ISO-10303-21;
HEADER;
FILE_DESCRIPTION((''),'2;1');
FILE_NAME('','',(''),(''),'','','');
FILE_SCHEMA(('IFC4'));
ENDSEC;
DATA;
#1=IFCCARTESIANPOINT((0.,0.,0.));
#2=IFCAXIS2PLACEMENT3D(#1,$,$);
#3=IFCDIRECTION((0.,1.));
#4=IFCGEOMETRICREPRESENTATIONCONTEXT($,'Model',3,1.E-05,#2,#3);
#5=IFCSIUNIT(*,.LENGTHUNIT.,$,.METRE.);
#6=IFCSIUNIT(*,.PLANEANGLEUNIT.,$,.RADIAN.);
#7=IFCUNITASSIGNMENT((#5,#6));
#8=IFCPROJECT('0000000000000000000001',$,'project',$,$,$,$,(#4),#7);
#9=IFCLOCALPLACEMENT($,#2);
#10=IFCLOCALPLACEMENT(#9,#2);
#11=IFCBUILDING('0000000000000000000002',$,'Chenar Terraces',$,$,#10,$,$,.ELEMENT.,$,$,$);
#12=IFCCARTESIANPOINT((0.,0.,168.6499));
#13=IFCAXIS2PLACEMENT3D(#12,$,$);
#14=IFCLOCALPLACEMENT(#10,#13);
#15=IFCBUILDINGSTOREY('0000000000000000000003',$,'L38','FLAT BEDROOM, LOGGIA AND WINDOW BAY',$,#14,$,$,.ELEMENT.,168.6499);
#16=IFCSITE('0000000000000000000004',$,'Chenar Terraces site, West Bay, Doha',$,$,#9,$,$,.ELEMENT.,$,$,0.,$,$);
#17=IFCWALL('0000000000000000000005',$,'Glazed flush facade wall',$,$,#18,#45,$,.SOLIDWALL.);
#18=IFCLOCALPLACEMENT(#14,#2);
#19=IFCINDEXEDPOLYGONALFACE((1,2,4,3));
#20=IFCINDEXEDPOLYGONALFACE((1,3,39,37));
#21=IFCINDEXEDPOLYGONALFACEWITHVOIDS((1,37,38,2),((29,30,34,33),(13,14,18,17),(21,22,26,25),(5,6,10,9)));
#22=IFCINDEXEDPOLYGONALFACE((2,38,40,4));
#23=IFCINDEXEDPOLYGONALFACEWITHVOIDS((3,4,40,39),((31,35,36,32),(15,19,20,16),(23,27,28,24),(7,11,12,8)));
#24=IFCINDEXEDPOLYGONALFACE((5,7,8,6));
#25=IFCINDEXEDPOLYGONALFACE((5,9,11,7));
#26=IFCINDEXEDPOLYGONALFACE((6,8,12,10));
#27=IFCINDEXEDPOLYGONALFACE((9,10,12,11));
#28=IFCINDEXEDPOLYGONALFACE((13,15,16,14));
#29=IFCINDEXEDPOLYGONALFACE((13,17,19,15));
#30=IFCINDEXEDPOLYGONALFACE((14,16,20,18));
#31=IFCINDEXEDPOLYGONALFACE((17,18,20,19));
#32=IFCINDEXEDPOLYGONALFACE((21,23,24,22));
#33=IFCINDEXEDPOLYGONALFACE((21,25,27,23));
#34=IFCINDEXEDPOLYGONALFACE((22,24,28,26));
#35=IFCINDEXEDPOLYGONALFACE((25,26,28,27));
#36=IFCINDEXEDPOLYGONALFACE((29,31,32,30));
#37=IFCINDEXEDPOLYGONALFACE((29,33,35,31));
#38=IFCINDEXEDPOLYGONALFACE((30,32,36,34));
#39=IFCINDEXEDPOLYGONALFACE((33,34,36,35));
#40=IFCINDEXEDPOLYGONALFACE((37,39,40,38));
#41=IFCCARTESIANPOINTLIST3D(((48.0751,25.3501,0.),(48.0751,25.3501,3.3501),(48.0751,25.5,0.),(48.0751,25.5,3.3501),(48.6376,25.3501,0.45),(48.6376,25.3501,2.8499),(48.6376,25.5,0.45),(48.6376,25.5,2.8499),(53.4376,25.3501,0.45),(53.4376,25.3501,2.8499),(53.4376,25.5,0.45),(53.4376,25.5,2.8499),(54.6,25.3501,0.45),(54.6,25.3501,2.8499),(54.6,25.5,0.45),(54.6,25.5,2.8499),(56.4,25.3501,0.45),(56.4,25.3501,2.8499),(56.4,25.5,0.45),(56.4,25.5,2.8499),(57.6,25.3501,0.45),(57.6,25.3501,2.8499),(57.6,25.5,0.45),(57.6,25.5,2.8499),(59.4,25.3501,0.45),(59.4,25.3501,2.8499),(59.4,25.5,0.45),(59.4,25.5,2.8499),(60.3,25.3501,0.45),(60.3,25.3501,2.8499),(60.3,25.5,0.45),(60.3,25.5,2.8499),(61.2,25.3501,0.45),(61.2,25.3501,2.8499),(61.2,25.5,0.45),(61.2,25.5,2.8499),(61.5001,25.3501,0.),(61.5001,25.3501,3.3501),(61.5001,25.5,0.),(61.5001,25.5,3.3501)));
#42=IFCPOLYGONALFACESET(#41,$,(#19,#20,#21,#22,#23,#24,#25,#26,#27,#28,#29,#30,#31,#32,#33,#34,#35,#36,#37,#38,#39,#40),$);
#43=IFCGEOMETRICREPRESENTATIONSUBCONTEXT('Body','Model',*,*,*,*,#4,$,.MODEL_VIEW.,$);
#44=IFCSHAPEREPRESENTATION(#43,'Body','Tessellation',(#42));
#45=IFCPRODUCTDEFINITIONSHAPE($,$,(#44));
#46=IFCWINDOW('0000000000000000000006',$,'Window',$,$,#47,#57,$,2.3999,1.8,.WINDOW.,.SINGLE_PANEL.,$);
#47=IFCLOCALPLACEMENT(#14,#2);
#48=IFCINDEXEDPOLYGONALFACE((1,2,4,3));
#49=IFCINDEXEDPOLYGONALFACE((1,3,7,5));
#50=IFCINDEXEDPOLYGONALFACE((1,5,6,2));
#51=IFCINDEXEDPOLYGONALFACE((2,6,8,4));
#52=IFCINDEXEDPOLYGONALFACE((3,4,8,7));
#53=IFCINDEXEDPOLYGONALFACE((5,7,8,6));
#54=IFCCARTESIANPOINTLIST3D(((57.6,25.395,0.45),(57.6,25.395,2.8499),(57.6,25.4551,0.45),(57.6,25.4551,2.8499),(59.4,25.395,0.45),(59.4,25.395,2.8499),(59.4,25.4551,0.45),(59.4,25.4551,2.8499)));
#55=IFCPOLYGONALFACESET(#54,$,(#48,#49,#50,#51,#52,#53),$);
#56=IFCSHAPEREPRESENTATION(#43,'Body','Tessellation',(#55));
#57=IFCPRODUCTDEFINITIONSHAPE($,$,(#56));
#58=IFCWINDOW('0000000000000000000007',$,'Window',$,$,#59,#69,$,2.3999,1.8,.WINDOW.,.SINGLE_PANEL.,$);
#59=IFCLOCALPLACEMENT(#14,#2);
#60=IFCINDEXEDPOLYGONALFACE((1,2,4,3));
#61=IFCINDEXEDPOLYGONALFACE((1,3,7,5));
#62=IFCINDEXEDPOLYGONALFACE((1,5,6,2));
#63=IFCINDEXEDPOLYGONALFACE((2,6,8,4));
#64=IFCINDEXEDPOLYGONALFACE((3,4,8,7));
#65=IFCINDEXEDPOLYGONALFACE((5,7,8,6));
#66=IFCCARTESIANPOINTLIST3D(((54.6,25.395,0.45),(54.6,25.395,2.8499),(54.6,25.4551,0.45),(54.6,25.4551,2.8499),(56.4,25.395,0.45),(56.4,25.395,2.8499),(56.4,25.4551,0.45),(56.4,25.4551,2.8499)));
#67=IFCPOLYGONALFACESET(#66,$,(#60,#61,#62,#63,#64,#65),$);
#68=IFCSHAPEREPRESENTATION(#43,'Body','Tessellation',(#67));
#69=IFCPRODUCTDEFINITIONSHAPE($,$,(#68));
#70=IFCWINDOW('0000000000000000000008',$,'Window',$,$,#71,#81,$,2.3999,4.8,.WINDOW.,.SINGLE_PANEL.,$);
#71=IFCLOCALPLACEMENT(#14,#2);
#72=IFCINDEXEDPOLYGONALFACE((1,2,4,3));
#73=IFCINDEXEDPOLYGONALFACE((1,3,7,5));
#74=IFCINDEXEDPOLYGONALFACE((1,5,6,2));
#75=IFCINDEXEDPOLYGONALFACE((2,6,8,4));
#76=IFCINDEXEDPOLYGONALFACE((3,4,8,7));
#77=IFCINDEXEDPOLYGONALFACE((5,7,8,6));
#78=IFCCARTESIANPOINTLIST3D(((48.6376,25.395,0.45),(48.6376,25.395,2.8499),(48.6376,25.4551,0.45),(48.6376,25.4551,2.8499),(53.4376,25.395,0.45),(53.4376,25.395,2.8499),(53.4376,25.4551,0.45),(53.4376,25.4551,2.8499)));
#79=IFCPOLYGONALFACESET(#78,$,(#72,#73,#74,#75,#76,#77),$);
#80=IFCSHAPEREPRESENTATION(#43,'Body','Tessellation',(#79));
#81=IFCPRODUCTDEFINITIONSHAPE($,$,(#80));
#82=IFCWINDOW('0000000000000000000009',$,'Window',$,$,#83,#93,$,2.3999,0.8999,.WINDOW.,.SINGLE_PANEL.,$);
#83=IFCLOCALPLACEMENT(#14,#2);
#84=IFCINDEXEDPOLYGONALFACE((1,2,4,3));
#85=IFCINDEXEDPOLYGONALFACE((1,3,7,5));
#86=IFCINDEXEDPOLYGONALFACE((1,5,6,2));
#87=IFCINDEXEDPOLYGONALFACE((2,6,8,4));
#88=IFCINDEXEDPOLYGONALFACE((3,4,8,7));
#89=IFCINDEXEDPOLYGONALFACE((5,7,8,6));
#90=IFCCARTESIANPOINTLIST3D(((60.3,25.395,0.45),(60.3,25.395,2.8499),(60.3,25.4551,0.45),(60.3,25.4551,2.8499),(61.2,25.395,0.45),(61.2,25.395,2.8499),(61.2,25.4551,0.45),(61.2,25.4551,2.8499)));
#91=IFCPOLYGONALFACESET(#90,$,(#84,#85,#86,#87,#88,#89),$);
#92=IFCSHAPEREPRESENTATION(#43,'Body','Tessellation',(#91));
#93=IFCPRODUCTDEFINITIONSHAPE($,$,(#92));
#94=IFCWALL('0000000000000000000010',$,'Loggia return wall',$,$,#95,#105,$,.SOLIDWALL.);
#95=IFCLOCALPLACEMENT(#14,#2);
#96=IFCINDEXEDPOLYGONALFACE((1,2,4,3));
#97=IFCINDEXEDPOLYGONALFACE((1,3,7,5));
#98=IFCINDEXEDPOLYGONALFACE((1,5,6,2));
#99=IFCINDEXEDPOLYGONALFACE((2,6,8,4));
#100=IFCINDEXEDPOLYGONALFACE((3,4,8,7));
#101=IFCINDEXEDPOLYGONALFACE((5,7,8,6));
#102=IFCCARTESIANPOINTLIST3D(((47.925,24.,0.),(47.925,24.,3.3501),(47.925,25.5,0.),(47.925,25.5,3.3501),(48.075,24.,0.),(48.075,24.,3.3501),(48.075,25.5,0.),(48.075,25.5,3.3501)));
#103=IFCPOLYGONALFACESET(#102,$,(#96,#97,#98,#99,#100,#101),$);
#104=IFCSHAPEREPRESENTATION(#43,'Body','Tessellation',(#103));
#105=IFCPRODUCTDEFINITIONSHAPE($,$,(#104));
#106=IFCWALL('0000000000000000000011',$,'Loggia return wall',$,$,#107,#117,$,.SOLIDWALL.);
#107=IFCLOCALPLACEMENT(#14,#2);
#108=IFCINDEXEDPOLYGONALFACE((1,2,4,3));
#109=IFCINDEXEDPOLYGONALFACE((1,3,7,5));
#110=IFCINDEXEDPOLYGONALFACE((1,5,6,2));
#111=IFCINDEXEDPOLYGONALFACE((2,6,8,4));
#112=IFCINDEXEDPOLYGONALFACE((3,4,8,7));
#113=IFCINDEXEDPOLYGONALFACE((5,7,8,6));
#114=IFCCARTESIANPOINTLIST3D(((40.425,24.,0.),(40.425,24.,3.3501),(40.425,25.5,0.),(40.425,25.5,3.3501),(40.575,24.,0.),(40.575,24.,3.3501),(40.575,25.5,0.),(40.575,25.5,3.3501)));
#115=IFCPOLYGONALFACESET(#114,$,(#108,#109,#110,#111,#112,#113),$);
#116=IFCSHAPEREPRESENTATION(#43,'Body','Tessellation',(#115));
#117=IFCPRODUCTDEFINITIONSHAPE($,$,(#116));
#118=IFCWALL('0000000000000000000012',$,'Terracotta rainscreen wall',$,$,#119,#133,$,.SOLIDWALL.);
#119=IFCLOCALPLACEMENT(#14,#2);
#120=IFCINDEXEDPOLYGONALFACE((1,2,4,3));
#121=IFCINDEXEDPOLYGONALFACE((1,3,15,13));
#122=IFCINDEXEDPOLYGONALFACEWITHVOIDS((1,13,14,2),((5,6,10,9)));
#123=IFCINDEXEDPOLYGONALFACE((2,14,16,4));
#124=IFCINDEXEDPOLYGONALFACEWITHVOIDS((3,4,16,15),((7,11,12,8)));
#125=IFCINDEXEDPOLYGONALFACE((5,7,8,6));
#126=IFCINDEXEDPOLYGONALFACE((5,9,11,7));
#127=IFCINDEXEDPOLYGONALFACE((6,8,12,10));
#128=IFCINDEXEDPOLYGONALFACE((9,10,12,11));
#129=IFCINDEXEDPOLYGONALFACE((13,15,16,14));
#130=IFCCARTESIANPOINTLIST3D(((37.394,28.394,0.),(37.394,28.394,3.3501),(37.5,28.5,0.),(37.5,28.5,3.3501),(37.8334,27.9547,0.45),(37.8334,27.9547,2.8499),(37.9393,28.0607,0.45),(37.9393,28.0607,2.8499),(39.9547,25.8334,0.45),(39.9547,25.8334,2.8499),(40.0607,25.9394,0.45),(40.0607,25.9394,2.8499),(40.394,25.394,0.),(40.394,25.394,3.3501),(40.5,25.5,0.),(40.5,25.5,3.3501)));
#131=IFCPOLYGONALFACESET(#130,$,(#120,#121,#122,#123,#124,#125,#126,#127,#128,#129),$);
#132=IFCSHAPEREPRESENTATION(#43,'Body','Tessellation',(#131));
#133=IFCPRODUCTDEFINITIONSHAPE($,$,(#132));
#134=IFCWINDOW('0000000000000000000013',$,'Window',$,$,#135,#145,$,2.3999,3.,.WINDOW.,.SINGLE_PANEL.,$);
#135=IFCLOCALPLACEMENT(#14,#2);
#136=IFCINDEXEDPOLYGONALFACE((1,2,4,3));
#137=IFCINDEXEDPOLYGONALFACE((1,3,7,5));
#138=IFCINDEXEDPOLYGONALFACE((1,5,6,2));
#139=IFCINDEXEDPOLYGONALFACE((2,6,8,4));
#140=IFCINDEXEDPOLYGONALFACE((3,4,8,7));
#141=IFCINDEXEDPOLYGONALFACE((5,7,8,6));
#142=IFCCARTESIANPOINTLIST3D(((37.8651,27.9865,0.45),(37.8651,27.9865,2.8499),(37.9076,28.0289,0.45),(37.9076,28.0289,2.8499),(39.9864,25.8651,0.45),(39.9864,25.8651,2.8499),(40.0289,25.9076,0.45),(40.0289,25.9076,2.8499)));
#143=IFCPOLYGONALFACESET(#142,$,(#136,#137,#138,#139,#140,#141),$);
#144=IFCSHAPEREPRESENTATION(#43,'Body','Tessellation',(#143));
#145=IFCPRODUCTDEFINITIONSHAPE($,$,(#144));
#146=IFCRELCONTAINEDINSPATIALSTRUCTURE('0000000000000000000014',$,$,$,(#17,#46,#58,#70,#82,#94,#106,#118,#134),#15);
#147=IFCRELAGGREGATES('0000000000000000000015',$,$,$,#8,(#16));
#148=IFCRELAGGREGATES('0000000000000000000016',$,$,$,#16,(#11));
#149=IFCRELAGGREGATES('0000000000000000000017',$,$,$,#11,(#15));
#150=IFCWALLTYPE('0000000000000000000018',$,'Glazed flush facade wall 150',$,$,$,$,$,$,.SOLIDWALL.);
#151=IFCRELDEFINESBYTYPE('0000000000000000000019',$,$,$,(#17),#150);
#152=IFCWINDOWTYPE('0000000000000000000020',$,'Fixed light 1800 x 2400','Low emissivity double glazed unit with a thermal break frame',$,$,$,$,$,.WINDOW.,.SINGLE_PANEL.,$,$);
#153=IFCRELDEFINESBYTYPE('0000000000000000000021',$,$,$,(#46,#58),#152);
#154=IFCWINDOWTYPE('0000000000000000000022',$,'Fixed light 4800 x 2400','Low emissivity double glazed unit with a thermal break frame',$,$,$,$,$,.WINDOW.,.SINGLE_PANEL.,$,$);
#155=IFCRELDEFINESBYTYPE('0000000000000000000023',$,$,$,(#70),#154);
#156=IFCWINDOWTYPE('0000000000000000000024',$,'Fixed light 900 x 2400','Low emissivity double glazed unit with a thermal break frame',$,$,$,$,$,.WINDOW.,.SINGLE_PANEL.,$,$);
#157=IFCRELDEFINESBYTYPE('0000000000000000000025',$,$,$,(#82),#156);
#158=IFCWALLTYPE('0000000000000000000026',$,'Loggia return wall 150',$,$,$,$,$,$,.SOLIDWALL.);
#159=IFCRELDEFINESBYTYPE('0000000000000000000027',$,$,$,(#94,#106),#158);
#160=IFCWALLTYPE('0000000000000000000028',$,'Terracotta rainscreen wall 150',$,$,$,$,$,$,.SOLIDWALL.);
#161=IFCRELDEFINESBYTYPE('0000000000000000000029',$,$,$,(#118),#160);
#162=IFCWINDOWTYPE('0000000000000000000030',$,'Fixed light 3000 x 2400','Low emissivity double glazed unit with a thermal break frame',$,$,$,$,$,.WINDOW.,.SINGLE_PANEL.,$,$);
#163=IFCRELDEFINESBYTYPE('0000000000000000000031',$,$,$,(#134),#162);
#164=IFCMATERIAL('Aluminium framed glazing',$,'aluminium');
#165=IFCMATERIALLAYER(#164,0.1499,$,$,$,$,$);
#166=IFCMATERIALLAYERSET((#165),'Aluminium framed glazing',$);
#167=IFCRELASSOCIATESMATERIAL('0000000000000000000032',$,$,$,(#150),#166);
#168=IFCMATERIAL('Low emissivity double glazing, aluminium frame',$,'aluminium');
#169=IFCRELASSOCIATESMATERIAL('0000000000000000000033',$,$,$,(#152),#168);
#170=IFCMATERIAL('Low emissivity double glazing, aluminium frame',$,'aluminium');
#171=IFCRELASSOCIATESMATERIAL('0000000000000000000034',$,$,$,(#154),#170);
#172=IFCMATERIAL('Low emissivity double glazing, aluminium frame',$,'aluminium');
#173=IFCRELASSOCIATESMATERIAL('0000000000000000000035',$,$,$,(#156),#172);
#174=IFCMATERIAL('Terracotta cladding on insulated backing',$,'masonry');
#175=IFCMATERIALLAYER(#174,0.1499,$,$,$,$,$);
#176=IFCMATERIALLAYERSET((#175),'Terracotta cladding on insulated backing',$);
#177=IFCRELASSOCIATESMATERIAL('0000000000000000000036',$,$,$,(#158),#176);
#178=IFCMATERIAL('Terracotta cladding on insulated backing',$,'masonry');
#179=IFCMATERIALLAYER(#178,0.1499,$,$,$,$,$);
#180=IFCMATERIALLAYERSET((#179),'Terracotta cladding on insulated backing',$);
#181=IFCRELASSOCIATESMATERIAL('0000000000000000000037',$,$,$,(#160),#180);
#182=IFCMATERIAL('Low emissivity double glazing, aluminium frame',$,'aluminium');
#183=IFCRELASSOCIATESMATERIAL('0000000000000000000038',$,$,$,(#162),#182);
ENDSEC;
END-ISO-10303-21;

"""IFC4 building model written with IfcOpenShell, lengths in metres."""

from ifc_helpers import new_model, si_unit, direction, frame, frame_2d, origin, place, context, subcontext, project, spatial, rectangle, extrude, material, layer, layer_set, type_object, element, fill, save


model = new_model("IFC4")

# Units and contexts
model_context = context("Model", 3, precision=1e-05, world=origin(), true_north=direction((0.0, 1.0)))
body_context = subcontext(model_context, "Body", "Model", "MODEL_VIEW")
ifc_project = project(units=[si_unit("LENGTHUNIT", "METRE"), si_unit("PLANEANGLEUNIT", "RADIAN")], contexts=[model_context])

# Site, building, storey
site_placement = place(None, origin())
site = spatial("IfcSite", under=ifc_project, at=site_placement, Name="Chenar Terraces site, West Bay, Doha", CompositionType="ELEMENT", RefElevation=0.0)
building_placement = place(site_placement, origin())
building = spatial("IfcBuilding", under=site, at=building_placement, Name="Chenar Terraces", CompositionType="ELEMENT")
storey_placement = place(building_placement, frame((0.0, 0.0, 168.6499)))
storey = spatial("IfcBuildingStorey", under=building, at=storey_placement, Name="L38", Description="FLAT BEDROOM, LOGGIA AND WINDOW BAY", CompositionType="ELEMENT", Elevation=168.6499)

# Wall, openings, windows
ifc_material_1 = material(Name="Aluminium framed glazing", Category="aluminium")
ifc_layer_1 = layer(ifc_material_1, 0.1499)
ifc_layer_set_1 = layer_set([ifc_layer_1], Name="Aluminium framed glazing")
wall_type_1 = type_object("IfcWallType", Name="Glazed flush facade wall 150", PredefinedType="SOLIDWALL", material=ifc_layer_set_1)
wall_1_placement = place(storey_placement, frame((61.5, 25.425, 0.0), z_axis=(0.0, 0.0, 1.0), x_axis=(-1.0, 0.0, 0.0)))
wall_1 = element("IfcWall", 1, at=wall_1_placement, inside=storey, type_object=wall_type_1, Name="Glazed flush facade wall", PredefinedType="SOLIDWALL", context=body_context, shape_type="SweptSolid", body=[
    extrude(rectangle(XDim=13.425, YDim=0.1499, at=frame_2d((6.7124, 0.0))), origin(), (0.0, 0.0, 1.0), 3.3501),
])
opening_1_placement = place(wall_1_placement, frame((0.3, 0.0, 0.45)))
opening_1 = element("IfcOpeningElement", 2, at=opening_1_placement, cuts=wall_1, PredefinedType="OPENING", context=body_context, shape_type="SweptSolid", body=[
    extrude(rectangle(XDim=0.8999, YDim=2.3999, at=frame_2d((0.45, 1.2))), frame((0.0, 0.085, 0.0), z_axis=(0.0, -1.0, 0.0), x_axis=(1.0, 0.0, 0.0)), (0.0, 0.0, 1.0), 0.1699),
])
opening_2_placement = place(wall_1_placement, frame((2.1001, 0.0, 0.45)))
opening_2 = element("IfcOpeningElement", 3, at=opening_2_placement, cuts=wall_1, PredefinedType="OPENING", context=body_context, shape_type="SweptSolid", body=[
    extrude(rectangle(XDim=1.8, YDim=2.3999, at=frame_2d((0.8999, 1.2))), frame((0.0, 0.085, 0.0), z_axis=(0.0, -1.0, 0.0), x_axis=(1.0, 0.0, 0.0)), (0.0, 0.0, 1.0), 0.1699),
])
opening_3_placement = place(wall_1_placement, frame((5.1001, 0.0, 0.45)))
opening_3 = element("IfcOpeningElement", 4, at=opening_3_placement, cuts=wall_1, PredefinedType="OPENING", context=body_context, shape_type="SweptSolid", body=[
    extrude(rectangle(XDim=1.8, YDim=2.3999, at=frame_2d((0.8999, 1.2))), frame((0.0, 0.085, 0.0), z_axis=(0.0, -1.0, 0.0), x_axis=(1.0, 0.0, 0.0)), (0.0, 0.0, 1.0), 0.1699),
])
opening_4_placement = place(wall_1_placement, frame((8.0625, 0.0, 0.45)))
opening_4 = element("IfcOpeningElement", 5, at=opening_4_placement, cuts=wall_1, PredefinedType="OPENING", context=body_context, shape_type="SweptSolid", body=[
    extrude(rectangle(XDim=4.8, YDim=2.3999, at=frame_2d((2.3999, 1.2))), frame((0.0, 0.085, 0.0), z_axis=(0.0, -1.0, 0.0), x_axis=(1.0, 0.0, 0.0)), (0.0, 0.0, 1.0), 0.1699),
])
ifc_material_2 = material(Name="Low emissivity double glazing, aluminium frame", Category="aluminium")
window_type_1 = type_object("IfcWindowType", Name="Fixed light 1800 x 2400", Description="Low emissivity double glazed unit with a thermal break frame", PartitioningType="SINGLE_PANEL", PredefinedType="WINDOW", material=ifc_material_2)
window_1_placement = place(opening_2_placement, origin())
window_1 = element("IfcWindow", 6, at=window_1_placement, inside=storey, type_object=window_type_1, Name="Window", OverallHeight=2.3999, OverallWidth=1.8, PartitioningType="SINGLE_PANEL", PredefinedType="WINDOW", context=body_context, shape_type="SweptSolid", body=[
    extrude(rectangle(XDim=1.8, YDim=2.3999, at=frame_2d((0.8999, 1.2))), frame((0.0, 0.03, 0.0), z_axis=(0.0, -1.0, 0.0), x_axis=(1.0, 0.0, 0.0)), (0.0, 0.0, 1.0), 0.0601),
])
fill(opening_2, window_1)
window_2_placement = place(opening_3_placement, origin())
window_2 = element("IfcWindow", 7, at=window_2_placement, inside=storey, type_object=window_type_1, Name="Window", OverallHeight=2.3999, OverallWidth=1.8, PartitioningType="SINGLE_PANEL", PredefinedType="WINDOW", context=body_context, shape_type="SweptSolid", body=[
    extrude(rectangle(XDim=1.8, YDim=2.3999, at=frame_2d((0.8999, 1.2))), frame((0.0, 0.03, 0.0), z_axis=(0.0, -1.0, 0.0), x_axis=(1.0, 0.0, 0.0)), (0.0, 0.0, 1.0), 0.0601),
])
fill(opening_3, window_2)
ifc_material_3 = material(Name="Low emissivity double glazing, aluminium frame", Category="aluminium")
window_type_2 = type_object("IfcWindowType", Name="Fixed light 4800 x 2400", Description="Low emissivity double glazed unit with a thermal break frame", PartitioningType="SINGLE_PANEL", PredefinedType="WINDOW", material=ifc_material_3)
window_3_placement = place(opening_4_placement, origin())
window_3 = element("IfcWindow", 8, at=window_3_placement, inside=storey, type_object=window_type_2, Name="Window", OverallHeight=2.3999, OverallWidth=4.8, PartitioningType="SINGLE_PANEL", PredefinedType="WINDOW", context=body_context, shape_type="SweptSolid", body=[
    extrude(rectangle(XDim=4.8, YDim=2.3999, at=frame_2d((2.3999, 1.2))), frame((0.0, 0.03, 0.0), z_axis=(0.0, -1.0, 0.0), x_axis=(1.0, 0.0, 0.0)), (0.0, 0.0, 1.0), 0.0601),
])
fill(opening_4, window_3)
ifc_material_4 = material(Name="Low emissivity double glazing, aluminium frame", Category="aluminium")
window_type_3 = type_object("IfcWindowType", Name="Fixed light 900 x 2400", Description="Low emissivity double glazed unit with a thermal break frame", PartitioningType="SINGLE_PANEL", PredefinedType="WINDOW", material=ifc_material_4)
window_4_placement = place(opening_1_placement, origin())
window_4 = element("IfcWindow", 9, at=window_4_placement, inside=storey, type_object=window_type_3, Name="Window", OverallHeight=2.3999, OverallWidth=0.8999, PartitioningType="SINGLE_PANEL", PredefinedType="WINDOW", context=body_context, shape_type="SweptSolid", body=[
    extrude(rectangle(XDim=0.8999, YDim=2.3999, at=frame_2d((0.45, 1.2))), frame((0.0, 0.03, 0.0), z_axis=(0.0, -1.0, 0.0), x_axis=(1.0, 0.0, 0.0)), (0.0, 0.0, 1.0), 0.0601),
])
fill(opening_1, window_4)

# Walls
ifc_material_5 = material(Name="Terracotta cladding on insulated backing", Category="masonry")
ifc_layer_2 = layer(ifc_material_5, 0.1499)
ifc_layer_set_2 = layer_set([ifc_layer_2], Name="Terracotta cladding on insulated backing")
wall_type_2 = type_object("IfcWallType", Name="Loggia return wall 150", PredefinedType="SOLIDWALL", material=ifc_layer_set_2)
for number, where, z_axis, x_axis, name in (
    (10, (48.0, 25.5, 0.0), (0.0, 0.0, 1.0), (0.0, -1.0, 0.0), "Loggia return wall"),
    (11, (40.5, 25.5, 0.0), (0.0, 0.0, 1.0), (0.0, -1.0, 0.0), "Loggia return wall"),
):
    element("IfcWall", number, at=place(storey_placement, frame(where, z_axis=z_axis, x_axis=x_axis)), inside=storey, type_object=wall_type_2, Name=name, PredefinedType="SOLIDWALL", context=body_context, shape_type="SweptSolid", body=[
        extrude(rectangle(XDim=1.5, YDim=0.1499, at=frame_2d((0.75, 0.0))), origin(), (0.0, 0.0, 1.0), 3.3501),
    ])

# Wall, opening, window
ifc_material_6 = material(Name="Terracotta cladding on insulated backing", Category="masonry")
ifc_layer_3 = layer(ifc_material_6, 0.1499)
ifc_layer_set_3 = layer_set([ifc_layer_3], Name="Terracotta cladding on insulated backing")
wall_type_3 = type_object("IfcWallType", Name="Terracotta rainscreen wall 150", PredefinedType="SOLIDWALL", material=ifc_layer_set_3)
wall_2_placement = place(storey_placement, frame((40.447, 25.447, 0.0), z_axis=(0.0, 0.0, 1.0), x_axis=(-0.707107, 0.707107, 0.0)))
wall_2 = element("IfcWall", 12, at=wall_2_placement, inside=storey, type_object=wall_type_3, Name="Terracotta rainscreen wall", PredefinedType="SOLIDWALL", context=body_context, shape_type="SweptSolid", body=[
    extrude(rectangle(XDim=4.2427, YDim=0.1499, at=frame_2d((2.1213, 0.0))), origin(), (0.0, 0.0, 1.0), 3.3501),
])
opening_5_placement = place(wall_2_placement, frame((0.6213, 0.0, 0.45)))
opening_5 = element("IfcOpeningElement", 13, at=opening_5_placement, cuts=wall_2, PredefinedType="OPENING", context=body_context, shape_type="SweptSolid", body=[
    extrude(rectangle(XDim=3.0, YDim=2.3999, at=frame_2d((1.5, 1.2))), frame((0.0, 0.085, 0.0), z_axis=(0.0, -1.0, 0.0), x_axis=(1.0, 0.0, 0.0)), (0.0, 0.0, 1.0), 0.1699),
])
ifc_material_7 = material(Name="Low emissivity double glazing, aluminium frame", Category="aluminium")
window_type_4 = type_object("IfcWindowType", Name="Fixed light 3000 x 2400", Description="Low emissivity double glazed unit with a thermal break frame", PartitioningType="SINGLE_PANEL", PredefinedType="WINDOW", material=ifc_material_7)
window_5_placement = place(opening_5_placement, origin())
window_5 = element("IfcWindow", 14, at=window_5_placement, inside=storey, type_object=window_type_4, Name="Window", OverallHeight=2.3999, OverallWidth=3.0, PartitioningType="SINGLE_PANEL", PredefinedType="WINDOW", context=body_context, shape_type="SweptSolid", body=[
    extrude(rectangle(XDim=3.0, YDim=2.3999, at=frame_2d((1.5, 1.2))), frame((0.0, 0.03, 0.0), z_axis=(0.0, -1.0, 0.0), x_axis=(1.0, 0.0, 0.0)), (0.0, 0.0, 1.0), 0.0601),
])
fill(opening_5, window_5)

save(model, "model.ifc")
